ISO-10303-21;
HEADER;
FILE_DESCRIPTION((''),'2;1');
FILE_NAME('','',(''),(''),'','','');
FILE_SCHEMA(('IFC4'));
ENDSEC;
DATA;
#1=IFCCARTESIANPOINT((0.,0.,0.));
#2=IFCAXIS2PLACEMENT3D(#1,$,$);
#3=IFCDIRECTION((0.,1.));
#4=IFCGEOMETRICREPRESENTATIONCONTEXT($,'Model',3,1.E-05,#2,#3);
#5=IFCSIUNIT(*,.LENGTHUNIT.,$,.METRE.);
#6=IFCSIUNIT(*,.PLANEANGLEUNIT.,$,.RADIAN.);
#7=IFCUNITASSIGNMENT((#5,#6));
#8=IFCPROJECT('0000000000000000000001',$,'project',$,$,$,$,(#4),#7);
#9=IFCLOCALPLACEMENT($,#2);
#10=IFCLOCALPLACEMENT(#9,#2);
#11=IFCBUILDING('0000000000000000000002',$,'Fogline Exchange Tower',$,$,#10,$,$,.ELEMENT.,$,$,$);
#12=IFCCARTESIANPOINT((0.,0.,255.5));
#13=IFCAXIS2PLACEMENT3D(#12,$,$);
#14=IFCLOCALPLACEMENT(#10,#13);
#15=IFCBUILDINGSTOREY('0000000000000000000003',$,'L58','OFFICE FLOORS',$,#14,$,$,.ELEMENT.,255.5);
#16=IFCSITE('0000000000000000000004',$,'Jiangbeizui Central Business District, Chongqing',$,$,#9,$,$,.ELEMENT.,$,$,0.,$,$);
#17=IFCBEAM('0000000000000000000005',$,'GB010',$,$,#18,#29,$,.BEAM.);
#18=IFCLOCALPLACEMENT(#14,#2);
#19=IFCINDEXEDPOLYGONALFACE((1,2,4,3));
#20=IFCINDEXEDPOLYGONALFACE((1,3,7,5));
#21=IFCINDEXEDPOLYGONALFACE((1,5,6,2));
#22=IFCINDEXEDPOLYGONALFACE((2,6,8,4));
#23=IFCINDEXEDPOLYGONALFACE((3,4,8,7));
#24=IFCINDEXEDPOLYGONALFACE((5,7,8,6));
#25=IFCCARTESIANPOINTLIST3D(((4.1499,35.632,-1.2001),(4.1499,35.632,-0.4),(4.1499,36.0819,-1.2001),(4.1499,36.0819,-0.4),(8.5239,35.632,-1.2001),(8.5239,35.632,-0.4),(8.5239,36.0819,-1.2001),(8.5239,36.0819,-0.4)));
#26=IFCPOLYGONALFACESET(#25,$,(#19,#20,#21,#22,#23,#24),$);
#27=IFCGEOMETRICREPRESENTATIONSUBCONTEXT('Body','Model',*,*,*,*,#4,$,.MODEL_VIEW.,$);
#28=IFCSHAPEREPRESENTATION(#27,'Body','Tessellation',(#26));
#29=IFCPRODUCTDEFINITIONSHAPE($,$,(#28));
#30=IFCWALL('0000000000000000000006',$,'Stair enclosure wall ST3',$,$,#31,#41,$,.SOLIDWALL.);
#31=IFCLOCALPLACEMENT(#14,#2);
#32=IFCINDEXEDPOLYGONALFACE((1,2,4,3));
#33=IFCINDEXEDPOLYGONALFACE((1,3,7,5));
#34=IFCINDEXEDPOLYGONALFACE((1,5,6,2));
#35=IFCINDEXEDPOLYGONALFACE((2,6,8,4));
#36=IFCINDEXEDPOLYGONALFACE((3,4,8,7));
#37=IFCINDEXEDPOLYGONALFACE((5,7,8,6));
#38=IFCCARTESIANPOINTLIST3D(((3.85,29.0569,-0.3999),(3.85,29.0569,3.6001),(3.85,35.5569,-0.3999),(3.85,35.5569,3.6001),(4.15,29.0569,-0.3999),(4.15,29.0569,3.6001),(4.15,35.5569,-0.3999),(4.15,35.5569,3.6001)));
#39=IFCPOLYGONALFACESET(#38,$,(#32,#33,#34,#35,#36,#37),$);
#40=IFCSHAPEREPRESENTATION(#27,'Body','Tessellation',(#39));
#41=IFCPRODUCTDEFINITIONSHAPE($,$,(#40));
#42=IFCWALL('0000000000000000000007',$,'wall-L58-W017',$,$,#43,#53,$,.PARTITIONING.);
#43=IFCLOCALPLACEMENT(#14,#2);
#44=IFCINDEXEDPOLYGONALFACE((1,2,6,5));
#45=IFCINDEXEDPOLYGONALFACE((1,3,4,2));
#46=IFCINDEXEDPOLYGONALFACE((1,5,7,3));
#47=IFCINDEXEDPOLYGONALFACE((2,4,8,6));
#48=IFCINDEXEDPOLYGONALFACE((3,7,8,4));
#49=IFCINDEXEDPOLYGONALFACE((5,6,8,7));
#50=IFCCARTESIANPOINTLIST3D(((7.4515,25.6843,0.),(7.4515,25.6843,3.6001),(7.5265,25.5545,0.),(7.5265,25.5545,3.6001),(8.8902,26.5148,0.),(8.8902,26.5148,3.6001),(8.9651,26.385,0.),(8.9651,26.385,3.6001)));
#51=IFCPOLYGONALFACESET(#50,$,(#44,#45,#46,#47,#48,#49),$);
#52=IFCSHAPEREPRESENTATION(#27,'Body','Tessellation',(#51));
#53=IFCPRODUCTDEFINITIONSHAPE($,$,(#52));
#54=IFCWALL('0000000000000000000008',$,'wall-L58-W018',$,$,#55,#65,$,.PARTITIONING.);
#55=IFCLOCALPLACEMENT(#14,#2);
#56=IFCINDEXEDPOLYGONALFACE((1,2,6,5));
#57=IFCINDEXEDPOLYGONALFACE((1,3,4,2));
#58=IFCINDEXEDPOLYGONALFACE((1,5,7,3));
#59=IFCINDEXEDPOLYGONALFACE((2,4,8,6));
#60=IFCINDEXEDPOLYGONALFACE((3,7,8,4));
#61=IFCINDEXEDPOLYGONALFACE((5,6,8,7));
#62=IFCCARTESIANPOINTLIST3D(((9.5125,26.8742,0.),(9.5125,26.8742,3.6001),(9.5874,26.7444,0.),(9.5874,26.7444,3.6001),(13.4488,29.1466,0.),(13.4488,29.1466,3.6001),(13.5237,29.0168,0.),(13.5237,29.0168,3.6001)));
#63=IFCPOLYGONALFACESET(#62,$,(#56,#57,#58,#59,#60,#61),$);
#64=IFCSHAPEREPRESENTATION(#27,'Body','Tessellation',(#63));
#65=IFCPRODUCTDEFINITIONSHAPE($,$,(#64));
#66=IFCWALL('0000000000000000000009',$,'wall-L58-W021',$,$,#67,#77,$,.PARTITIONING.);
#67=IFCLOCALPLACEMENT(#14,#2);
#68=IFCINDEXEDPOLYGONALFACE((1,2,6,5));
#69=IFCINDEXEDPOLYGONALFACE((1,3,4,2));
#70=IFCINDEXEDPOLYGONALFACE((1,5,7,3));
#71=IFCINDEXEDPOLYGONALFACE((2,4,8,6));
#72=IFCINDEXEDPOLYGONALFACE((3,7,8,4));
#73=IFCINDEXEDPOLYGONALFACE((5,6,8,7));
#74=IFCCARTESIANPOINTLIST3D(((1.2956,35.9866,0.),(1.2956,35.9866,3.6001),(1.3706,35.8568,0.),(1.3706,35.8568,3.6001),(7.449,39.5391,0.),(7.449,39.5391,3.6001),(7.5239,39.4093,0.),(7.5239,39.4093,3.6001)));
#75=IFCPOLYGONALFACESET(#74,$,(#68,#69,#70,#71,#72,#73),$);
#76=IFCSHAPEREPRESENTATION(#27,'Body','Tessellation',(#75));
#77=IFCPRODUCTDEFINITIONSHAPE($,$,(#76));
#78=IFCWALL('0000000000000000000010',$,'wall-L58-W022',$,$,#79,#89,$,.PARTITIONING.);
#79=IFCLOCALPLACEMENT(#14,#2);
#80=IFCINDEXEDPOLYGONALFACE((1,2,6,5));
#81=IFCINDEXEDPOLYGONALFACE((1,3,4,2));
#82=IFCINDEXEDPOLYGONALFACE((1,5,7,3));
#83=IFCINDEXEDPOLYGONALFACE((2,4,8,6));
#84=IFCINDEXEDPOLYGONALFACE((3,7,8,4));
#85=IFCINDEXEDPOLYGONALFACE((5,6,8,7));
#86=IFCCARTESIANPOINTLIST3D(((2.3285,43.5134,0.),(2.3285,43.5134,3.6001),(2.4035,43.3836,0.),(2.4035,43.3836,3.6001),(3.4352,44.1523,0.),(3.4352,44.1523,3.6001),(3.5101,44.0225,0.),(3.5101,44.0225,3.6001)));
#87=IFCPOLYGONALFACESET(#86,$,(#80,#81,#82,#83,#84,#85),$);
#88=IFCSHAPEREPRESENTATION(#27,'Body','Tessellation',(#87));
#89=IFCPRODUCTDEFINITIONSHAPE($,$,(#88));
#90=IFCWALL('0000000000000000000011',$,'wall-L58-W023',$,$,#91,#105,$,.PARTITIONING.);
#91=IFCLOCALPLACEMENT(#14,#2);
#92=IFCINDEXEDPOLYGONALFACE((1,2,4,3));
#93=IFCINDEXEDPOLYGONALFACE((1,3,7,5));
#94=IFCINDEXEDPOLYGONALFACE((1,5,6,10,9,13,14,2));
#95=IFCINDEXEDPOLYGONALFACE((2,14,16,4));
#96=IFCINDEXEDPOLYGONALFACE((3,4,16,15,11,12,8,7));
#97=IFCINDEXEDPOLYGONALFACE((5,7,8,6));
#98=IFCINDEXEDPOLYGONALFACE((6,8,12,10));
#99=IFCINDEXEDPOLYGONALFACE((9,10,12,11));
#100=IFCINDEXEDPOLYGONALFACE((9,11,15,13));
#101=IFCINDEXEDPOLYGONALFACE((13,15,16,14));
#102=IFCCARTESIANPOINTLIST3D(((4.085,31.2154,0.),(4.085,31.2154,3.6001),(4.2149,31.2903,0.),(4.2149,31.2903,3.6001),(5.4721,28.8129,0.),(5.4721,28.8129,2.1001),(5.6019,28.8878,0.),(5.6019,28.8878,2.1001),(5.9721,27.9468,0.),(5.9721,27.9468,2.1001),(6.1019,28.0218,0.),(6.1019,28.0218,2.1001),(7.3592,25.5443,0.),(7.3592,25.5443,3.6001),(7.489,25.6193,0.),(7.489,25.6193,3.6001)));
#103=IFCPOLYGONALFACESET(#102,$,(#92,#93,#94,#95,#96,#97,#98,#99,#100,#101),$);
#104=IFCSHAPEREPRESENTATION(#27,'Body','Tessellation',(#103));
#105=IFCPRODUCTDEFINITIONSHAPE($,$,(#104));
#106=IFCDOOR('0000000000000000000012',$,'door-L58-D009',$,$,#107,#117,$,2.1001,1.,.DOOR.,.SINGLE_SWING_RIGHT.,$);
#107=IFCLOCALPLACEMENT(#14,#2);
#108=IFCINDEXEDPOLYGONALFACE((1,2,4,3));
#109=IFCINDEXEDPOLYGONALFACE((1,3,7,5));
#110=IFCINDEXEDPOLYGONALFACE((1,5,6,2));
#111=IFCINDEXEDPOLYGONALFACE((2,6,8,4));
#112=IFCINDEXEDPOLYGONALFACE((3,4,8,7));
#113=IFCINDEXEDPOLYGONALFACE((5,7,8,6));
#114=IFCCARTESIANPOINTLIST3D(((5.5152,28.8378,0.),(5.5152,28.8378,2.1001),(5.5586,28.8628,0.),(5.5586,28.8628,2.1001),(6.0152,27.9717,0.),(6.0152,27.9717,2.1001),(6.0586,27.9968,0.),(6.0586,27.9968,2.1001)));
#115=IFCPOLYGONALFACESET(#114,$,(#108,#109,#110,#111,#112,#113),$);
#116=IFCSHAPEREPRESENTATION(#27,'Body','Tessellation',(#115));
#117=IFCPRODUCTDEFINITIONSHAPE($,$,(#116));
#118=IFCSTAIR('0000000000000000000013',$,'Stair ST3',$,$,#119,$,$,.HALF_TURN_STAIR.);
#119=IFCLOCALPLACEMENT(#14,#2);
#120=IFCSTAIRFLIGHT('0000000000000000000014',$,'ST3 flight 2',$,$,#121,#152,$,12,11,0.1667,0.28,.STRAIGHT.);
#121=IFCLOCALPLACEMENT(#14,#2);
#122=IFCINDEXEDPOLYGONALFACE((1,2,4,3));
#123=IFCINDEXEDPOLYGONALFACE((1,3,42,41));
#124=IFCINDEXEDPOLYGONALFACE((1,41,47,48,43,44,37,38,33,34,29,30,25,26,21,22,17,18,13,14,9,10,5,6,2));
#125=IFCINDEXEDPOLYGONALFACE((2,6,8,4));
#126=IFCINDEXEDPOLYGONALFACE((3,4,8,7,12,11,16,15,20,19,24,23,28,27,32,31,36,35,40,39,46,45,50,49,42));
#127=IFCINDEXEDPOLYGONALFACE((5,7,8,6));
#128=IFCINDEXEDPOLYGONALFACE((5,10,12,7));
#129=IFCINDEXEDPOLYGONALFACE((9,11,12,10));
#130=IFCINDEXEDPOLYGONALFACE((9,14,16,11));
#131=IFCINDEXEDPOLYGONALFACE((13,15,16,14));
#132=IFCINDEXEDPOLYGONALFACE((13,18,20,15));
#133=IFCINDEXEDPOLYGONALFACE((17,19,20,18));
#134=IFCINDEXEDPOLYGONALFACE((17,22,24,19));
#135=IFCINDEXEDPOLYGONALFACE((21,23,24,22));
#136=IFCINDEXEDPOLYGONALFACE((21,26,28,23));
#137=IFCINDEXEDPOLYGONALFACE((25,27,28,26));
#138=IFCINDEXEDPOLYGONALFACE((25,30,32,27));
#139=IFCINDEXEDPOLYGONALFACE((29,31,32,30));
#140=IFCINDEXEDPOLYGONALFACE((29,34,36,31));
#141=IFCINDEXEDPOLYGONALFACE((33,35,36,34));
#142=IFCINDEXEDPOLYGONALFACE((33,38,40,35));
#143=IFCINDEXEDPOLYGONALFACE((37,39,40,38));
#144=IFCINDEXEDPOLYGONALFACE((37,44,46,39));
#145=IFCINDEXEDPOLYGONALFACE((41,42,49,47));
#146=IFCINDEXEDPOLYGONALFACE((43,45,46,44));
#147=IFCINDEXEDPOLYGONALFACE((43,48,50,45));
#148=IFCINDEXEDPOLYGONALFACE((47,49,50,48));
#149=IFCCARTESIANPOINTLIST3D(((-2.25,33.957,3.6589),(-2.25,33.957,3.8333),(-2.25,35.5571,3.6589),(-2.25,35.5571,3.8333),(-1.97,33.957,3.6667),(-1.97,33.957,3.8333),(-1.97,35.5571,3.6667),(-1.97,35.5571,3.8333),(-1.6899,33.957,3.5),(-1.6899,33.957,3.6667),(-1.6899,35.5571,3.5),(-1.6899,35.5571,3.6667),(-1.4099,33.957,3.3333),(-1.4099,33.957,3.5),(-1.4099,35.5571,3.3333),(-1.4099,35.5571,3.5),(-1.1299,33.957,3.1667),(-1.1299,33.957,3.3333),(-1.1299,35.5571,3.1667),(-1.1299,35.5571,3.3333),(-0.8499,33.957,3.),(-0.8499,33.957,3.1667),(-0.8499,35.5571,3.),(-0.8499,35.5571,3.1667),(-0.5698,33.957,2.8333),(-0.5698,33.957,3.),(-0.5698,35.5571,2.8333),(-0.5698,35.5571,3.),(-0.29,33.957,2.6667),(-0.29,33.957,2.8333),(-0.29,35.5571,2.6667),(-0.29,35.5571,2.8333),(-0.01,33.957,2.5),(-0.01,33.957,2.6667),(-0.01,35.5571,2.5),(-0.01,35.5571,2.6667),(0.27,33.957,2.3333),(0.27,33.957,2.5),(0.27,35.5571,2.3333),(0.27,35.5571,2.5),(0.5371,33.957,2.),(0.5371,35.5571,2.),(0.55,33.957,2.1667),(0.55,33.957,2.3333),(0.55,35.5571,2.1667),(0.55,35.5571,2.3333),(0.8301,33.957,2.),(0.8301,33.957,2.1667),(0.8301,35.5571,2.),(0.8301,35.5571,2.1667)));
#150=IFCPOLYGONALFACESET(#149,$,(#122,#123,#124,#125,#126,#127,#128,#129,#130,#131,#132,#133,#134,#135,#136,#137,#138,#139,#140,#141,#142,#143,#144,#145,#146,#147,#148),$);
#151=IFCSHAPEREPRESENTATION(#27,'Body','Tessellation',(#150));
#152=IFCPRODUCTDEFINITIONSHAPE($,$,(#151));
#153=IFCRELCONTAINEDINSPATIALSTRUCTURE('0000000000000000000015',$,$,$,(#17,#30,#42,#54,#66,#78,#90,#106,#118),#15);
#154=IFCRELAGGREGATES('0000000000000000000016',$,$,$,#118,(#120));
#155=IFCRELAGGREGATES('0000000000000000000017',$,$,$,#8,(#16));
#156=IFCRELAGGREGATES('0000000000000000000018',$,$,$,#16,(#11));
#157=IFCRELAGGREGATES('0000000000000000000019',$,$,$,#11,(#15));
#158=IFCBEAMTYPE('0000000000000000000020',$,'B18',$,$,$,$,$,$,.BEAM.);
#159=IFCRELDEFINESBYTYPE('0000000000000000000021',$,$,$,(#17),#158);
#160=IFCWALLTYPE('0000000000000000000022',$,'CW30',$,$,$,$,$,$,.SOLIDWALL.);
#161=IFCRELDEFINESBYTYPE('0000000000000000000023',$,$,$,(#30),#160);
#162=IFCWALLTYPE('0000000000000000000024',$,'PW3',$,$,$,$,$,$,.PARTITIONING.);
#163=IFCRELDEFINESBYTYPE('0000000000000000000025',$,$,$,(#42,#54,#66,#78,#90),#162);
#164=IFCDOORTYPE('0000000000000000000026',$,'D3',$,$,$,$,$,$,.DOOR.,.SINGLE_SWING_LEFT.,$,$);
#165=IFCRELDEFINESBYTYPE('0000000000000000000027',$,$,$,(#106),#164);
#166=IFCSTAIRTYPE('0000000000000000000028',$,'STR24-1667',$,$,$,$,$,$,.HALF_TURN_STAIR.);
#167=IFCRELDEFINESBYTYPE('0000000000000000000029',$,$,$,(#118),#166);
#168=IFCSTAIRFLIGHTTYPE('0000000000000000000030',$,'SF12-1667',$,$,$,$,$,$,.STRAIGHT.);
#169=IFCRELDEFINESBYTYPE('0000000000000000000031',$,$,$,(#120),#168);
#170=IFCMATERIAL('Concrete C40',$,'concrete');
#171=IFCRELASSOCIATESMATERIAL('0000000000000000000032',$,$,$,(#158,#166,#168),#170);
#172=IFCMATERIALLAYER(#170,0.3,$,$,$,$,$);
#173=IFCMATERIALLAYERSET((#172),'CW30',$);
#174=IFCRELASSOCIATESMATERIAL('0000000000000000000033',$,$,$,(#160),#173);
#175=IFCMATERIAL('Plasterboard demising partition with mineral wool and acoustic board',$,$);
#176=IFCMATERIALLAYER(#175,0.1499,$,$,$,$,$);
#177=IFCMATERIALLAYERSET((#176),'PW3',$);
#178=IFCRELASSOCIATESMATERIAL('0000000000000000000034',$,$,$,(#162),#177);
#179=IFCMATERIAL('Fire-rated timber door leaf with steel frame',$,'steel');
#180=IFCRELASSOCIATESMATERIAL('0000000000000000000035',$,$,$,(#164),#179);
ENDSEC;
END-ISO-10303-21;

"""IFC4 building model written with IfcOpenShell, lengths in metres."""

from ifc_helpers import new_model, si_unit, direction, frame, frame_2d, origin, origin_2d, place, context, subcontext, project, spatial, polyline, rectangle, outline, extrude, material, layer, layer_set, material_profile, profile_set, type_object, element, fill, aggregate, save


model = new_model("IFC4")

# Units and contexts
model_context = context("Model", 3, precision=1e-05, world=origin(), true_north=direction((0.0, 1.0)))
body_context = subcontext(model_context, "Body", "Model", "MODEL_VIEW")
ifc_project = project(units=[si_unit("LENGTHUNIT", "METRE"), si_unit("PLANEANGLEUNIT", "RADIAN")], contexts=[model_context])

# Site, building, storey
site_placement = place(None, origin())
site = spatial("IfcSite", under=ifc_project, at=site_placement, Name="Jiangbeizui Central Business District, Chongqing", CompositionType="ELEMENT", RefElevation=0.0)
building_placement = place(site_placement, origin())
building = spatial("IfcBuilding", under=site, at=building_placement, Name="Fogline Exchange Tower", CompositionType="ELEMENT")
storey_placement = place(building_placement, frame((0.0, 0.0, 255.5)))
storey = spatial("IfcBuildingStorey", under=building, at=storey_placement, Name="L58", Description="OFFICE FLOORS", CompositionType="ELEMENT", Elevation=255.5)

# Beam
ifc_material_1 = material(Name="Concrete C40", Category="concrete")
ifc_material_profile_1 = material_profile(ifc_material_1, rectangle(XDim=0.45, YDim=0.8, at=origin_2d()), Name="RC 450x800")
ifc_profile_set_1 = profile_set([ifc_material_profile_1], Name="Concrete C40")
beam_type_1 = type_object("IfcBeamType", Name="B18", PredefinedType="BEAM", material=ifc_profile_set_1)
beam_1_placement = place(storey_placement, frame((4.1499, 35.8569, -0.8), z_axis=(1.0, 0.0, 0.0), x_axis=(0.0, 1.0, 0.0)))
element("IfcBeam", 1, at=beam_1_placement, inside=storey, type_object=beam_type_1, Name="GB010", PredefinedType="BEAM", context=body_context, shape_type="SweptSolid", body=[
    extrude(rectangle(XDim=0.45, YDim=0.8, at=origin_2d()), origin(), (0.0, 0.0, 1.0), 4.374),
])

# Wall
ifc_layer_1 = layer(ifc_material_1, 0.3)
ifc_layer_set_1 = layer_set([ifc_layer_1], Name="CW30")
wall_type_1 = type_object("IfcWallType", Name="CW30", PredefinedType="SOLIDWALL", material=ifc_layer_set_1)
wall_1_placement = place(storey_placement, frame((4.0, 29.0569, -0.3999), z_axis=(0.0, 0.0, 1.0), x_axis=(0.0, 1.0, 0.0)))
element("IfcWall", 2, at=wall_1_placement, inside=storey, type_object=wall_type_1, Name="Stair enclosure wall ST3", PredefinedType="SOLIDWALL", context=body_context, shape_type="SweptSolid", body=[
    extrude(rectangle(XDim=6.5, YDim=0.3, at=frame_2d((3.25, 0.0))), origin(), (0.0, 0.0, 1.0), 4.0),
])

# Walls
ifc_material_2 = material(Name="Plasterboard demising partition with mineral wool and acoustic board")
ifc_layer_2 = layer(ifc_material_2, 0.1499)
ifc_layer_set_2 = layer_set([ifc_layer_2], Name="PW3")
wall_type_2 = type_object("IfcWallType", Name="PW3", PredefinedType="PARTITIONING", material=ifc_layer_set_2)
wall_2_placement = place(storey_placement, frame((7.489, 25.6194, 0.0), z_axis=(0.0, 0.0, 1.0), x_axis=(0.866046, 0.499964, 0.0)))
element("IfcWall", 3, at=wall_2_placement, inside=storey, type_object=wall_type_2, Name="wall-L58-W017", PredefinedType="PARTITIONING", context=body_context, shape_type="SweptSolid", body=[
    extrude(rectangle(XDim=1.6611, YDim=0.1499, at=frame_2d((0.8306, 0.0))), origin(), (0.0, 0.0, 1.0), 3.6001),
])
wall_3_placement = place(storey_placement, frame((9.55, 26.8093, 0.0), z_axis=(0.0, 0.0, 1.0), x_axis=(0.86604, 0.499975, 0.0)))
element("IfcWall", 4, at=wall_3_placement, inside=storey, type_object=wall_type_2, Name="wall-L58-W018", PredefinedType="PARTITIONING", context=body_context, shape_type="SweptSolid", body=[
    extrude(rectangle(XDim=4.5452, YDim=0.1499, at=frame_2d((2.2725, 0.0))), origin(), (0.0, 0.0, 1.0), 3.6001),
])
wall_4_placement = place(storey_placement, frame((1.333, 35.9216, 0.0), z_axis=(0.0, 0.0, 1.0), x_axis=(0.866033, 0.499986, 0.0)))
element("IfcWall", 5, at=wall_4_placement, inside=storey, type_object=wall_type_2, Name="wall-L58-W021", PredefinedType="PARTITIONING", context=body_context, shape_type="SweptSolid", body=[
    extrude(rectangle(XDim=7.1052, YDim=0.1499, at=frame_2d((3.5527, 0.0))), origin(), (0.0, 0.0, 1.0), 3.6001),
])
wall_5_placement = place(storey_placement, frame((3.4727, 44.0874, 0.0), z_axis=(0.0, 0.0, 1.0), x_axis=(-0.866036, -0.499982, 0.0)))
element("IfcWall", 6, at=wall_5_placement, inside=storey, type_object=wall_type_2, Name="wall-L58-W022", PredefinedType="PARTITIONING", context=body_context, shape_type="SweptSolid", body=[
    extrude(rectangle(XDim=1.2778, YDim=0.1499, at=frame_2d((0.6389, 0.0))), origin(), (0.0, 0.0, 1.0), 3.6001),
])

# Wall, opening, door
wall_6_placement = place(storey_placement, frame((7.4241, 25.5818, 0.0), z_axis=(0.0, 0.0, 1.0), x_axis=(-0.499992, 0.86603, 0.0)))
wall_6 = element("IfcWall", 7, at=wall_6_placement, inside=storey, type_object=wall_type_2, Name="wall-L58-W023", PredefinedType="PARTITIONING", context=body_context, shape_type="SweptSolid", body=[
    extrude(rectangle(XDim=6.5483, YDim=0.1499, at=frame_2d((3.2742, 0.0))), origin(), (0.0, 0.0, 1.0), 3.6001),
])
opening_1_placement = place(wall_6_placement, frame((2.7742, 0.0, 0.0)))
opening_1 = element("IfcOpeningElement", 8, at=opening_1_placement, cuts=wall_6, PredefinedType="OPENING", context=body_context, shape_type="SweptSolid", body=[
    extrude(rectangle(XDim=1.0, YDim=2.1001, at=frame_2d((0.5, 1.05))), frame((0.0, 0.085, 0.0), z_axis=(0.0, -1.0, 0.0), x_axis=(1.0, 0.0, 0.0)), (0.0, 0.0, 1.0), 0.1699),
])
ifc_material_3 = material(Name="Fire-rated timber door leaf with steel frame", Category="steel")
door_type_1 = type_object("IfcDoorType", Name="D3", OperationType="SINGLE_SWING_LEFT", PredefinedType="DOOR", material=ifc_material_3)
door_1_placement = place(opening_1_placement, frame((1.0, 0.0, 0.0), z_axis=(0.0, 0.0, 1.0), x_axis=(-1.0, 0.0, 0.0)))
door_1 = element("IfcDoor", 9, at=door_1_placement, inside=storey, type_object=door_type_1, Name="door-L58-D009", OperationType="SINGLE_SWING_RIGHT", OverallHeight=2.1001, OverallWidth=1.0, PredefinedType="DOOR", context=body_context, shape_type="SweptSolid", body=[
    extrude(rectangle(XDim=1.0, YDim=2.1001, at=frame_2d((0.5, 1.05))), frame((0.0, 0.0249, 0.0), z_axis=(0.0, -1.0, 0.0), x_axis=(1.0, 0.0, 0.0)), (0.0, 0.0, 1.0), 0.05),
])
fill(opening_1, door_1)

# Stair, stair flight
stair_type = type_object("IfcStairType", Name="STR24-1667", PredefinedType="HALF_TURN_STAIR", material=ifc_material_1)
stair_placement = place(storey_placement, origin())
stair = element("IfcStair", 10, at=stair_placement, inside=storey, type_object=stair_type, Name="Stair ST3", PredefinedType="HALF_TURN_STAIR")
stair_flight_type = type_object("IfcStairFlightType", Name="SF12-1667", PredefinedType="STRAIGHT", material=ifc_material_1)
stair_flight_placement = place(storey_placement, frame((0.8301, 34.7571, 2.0), z_axis=(0.0, 0.0, 1.0), x_axis=(-1.0, 0.0, 0.0)))
stair_flight = element("IfcStairFlight", 11, at=stair_flight_placement, type_object=stair_flight_type, Name="ST3 flight 2", NumberOfRisers=12, NumberOfTreads=11, PredefinedType="STRAIGHT", RiserHeight=0.1667, TreadLength=0.28, context=body_context, shape_type="SweptSolid", body=[
    extrude(outline(polyline([(0.0, 0.0), (0.0, 0.1667), (0.28, 0.1667), (0.28, 0.3333), (0.5601, 0.3333), (0.5601, 0.5), (0.8401, 0.5), (0.8401, 0.6667), (1.1201, 0.6667), (1.1201, 0.8333), (1.3999, 0.8333), (1.3999, 1.0), (1.6799, 1.0), (1.6799, 1.1667), (1.96, 1.1667), (1.96, 1.3333), (2.24, 1.3333), (2.24, 1.5), (2.52, 1.5), (2.52, 1.6667), (2.8, 1.6667), (2.8, 1.8333), (3.0801, 1.8333), (3.0801, 2.0), (3.0801, 1.6589), (0.293, 0.0), (0.0, 0.0)])), frame((0.0, 0.8, 0.0), z_axis=(0.0, -1.0, 0.0), x_axis=(1.0, 0.0, 0.0)), (0.0, 0.0, 1.0), 1.6001),
])
aggregate(stair, [stair_flight])

save(model, "model.ifc")
